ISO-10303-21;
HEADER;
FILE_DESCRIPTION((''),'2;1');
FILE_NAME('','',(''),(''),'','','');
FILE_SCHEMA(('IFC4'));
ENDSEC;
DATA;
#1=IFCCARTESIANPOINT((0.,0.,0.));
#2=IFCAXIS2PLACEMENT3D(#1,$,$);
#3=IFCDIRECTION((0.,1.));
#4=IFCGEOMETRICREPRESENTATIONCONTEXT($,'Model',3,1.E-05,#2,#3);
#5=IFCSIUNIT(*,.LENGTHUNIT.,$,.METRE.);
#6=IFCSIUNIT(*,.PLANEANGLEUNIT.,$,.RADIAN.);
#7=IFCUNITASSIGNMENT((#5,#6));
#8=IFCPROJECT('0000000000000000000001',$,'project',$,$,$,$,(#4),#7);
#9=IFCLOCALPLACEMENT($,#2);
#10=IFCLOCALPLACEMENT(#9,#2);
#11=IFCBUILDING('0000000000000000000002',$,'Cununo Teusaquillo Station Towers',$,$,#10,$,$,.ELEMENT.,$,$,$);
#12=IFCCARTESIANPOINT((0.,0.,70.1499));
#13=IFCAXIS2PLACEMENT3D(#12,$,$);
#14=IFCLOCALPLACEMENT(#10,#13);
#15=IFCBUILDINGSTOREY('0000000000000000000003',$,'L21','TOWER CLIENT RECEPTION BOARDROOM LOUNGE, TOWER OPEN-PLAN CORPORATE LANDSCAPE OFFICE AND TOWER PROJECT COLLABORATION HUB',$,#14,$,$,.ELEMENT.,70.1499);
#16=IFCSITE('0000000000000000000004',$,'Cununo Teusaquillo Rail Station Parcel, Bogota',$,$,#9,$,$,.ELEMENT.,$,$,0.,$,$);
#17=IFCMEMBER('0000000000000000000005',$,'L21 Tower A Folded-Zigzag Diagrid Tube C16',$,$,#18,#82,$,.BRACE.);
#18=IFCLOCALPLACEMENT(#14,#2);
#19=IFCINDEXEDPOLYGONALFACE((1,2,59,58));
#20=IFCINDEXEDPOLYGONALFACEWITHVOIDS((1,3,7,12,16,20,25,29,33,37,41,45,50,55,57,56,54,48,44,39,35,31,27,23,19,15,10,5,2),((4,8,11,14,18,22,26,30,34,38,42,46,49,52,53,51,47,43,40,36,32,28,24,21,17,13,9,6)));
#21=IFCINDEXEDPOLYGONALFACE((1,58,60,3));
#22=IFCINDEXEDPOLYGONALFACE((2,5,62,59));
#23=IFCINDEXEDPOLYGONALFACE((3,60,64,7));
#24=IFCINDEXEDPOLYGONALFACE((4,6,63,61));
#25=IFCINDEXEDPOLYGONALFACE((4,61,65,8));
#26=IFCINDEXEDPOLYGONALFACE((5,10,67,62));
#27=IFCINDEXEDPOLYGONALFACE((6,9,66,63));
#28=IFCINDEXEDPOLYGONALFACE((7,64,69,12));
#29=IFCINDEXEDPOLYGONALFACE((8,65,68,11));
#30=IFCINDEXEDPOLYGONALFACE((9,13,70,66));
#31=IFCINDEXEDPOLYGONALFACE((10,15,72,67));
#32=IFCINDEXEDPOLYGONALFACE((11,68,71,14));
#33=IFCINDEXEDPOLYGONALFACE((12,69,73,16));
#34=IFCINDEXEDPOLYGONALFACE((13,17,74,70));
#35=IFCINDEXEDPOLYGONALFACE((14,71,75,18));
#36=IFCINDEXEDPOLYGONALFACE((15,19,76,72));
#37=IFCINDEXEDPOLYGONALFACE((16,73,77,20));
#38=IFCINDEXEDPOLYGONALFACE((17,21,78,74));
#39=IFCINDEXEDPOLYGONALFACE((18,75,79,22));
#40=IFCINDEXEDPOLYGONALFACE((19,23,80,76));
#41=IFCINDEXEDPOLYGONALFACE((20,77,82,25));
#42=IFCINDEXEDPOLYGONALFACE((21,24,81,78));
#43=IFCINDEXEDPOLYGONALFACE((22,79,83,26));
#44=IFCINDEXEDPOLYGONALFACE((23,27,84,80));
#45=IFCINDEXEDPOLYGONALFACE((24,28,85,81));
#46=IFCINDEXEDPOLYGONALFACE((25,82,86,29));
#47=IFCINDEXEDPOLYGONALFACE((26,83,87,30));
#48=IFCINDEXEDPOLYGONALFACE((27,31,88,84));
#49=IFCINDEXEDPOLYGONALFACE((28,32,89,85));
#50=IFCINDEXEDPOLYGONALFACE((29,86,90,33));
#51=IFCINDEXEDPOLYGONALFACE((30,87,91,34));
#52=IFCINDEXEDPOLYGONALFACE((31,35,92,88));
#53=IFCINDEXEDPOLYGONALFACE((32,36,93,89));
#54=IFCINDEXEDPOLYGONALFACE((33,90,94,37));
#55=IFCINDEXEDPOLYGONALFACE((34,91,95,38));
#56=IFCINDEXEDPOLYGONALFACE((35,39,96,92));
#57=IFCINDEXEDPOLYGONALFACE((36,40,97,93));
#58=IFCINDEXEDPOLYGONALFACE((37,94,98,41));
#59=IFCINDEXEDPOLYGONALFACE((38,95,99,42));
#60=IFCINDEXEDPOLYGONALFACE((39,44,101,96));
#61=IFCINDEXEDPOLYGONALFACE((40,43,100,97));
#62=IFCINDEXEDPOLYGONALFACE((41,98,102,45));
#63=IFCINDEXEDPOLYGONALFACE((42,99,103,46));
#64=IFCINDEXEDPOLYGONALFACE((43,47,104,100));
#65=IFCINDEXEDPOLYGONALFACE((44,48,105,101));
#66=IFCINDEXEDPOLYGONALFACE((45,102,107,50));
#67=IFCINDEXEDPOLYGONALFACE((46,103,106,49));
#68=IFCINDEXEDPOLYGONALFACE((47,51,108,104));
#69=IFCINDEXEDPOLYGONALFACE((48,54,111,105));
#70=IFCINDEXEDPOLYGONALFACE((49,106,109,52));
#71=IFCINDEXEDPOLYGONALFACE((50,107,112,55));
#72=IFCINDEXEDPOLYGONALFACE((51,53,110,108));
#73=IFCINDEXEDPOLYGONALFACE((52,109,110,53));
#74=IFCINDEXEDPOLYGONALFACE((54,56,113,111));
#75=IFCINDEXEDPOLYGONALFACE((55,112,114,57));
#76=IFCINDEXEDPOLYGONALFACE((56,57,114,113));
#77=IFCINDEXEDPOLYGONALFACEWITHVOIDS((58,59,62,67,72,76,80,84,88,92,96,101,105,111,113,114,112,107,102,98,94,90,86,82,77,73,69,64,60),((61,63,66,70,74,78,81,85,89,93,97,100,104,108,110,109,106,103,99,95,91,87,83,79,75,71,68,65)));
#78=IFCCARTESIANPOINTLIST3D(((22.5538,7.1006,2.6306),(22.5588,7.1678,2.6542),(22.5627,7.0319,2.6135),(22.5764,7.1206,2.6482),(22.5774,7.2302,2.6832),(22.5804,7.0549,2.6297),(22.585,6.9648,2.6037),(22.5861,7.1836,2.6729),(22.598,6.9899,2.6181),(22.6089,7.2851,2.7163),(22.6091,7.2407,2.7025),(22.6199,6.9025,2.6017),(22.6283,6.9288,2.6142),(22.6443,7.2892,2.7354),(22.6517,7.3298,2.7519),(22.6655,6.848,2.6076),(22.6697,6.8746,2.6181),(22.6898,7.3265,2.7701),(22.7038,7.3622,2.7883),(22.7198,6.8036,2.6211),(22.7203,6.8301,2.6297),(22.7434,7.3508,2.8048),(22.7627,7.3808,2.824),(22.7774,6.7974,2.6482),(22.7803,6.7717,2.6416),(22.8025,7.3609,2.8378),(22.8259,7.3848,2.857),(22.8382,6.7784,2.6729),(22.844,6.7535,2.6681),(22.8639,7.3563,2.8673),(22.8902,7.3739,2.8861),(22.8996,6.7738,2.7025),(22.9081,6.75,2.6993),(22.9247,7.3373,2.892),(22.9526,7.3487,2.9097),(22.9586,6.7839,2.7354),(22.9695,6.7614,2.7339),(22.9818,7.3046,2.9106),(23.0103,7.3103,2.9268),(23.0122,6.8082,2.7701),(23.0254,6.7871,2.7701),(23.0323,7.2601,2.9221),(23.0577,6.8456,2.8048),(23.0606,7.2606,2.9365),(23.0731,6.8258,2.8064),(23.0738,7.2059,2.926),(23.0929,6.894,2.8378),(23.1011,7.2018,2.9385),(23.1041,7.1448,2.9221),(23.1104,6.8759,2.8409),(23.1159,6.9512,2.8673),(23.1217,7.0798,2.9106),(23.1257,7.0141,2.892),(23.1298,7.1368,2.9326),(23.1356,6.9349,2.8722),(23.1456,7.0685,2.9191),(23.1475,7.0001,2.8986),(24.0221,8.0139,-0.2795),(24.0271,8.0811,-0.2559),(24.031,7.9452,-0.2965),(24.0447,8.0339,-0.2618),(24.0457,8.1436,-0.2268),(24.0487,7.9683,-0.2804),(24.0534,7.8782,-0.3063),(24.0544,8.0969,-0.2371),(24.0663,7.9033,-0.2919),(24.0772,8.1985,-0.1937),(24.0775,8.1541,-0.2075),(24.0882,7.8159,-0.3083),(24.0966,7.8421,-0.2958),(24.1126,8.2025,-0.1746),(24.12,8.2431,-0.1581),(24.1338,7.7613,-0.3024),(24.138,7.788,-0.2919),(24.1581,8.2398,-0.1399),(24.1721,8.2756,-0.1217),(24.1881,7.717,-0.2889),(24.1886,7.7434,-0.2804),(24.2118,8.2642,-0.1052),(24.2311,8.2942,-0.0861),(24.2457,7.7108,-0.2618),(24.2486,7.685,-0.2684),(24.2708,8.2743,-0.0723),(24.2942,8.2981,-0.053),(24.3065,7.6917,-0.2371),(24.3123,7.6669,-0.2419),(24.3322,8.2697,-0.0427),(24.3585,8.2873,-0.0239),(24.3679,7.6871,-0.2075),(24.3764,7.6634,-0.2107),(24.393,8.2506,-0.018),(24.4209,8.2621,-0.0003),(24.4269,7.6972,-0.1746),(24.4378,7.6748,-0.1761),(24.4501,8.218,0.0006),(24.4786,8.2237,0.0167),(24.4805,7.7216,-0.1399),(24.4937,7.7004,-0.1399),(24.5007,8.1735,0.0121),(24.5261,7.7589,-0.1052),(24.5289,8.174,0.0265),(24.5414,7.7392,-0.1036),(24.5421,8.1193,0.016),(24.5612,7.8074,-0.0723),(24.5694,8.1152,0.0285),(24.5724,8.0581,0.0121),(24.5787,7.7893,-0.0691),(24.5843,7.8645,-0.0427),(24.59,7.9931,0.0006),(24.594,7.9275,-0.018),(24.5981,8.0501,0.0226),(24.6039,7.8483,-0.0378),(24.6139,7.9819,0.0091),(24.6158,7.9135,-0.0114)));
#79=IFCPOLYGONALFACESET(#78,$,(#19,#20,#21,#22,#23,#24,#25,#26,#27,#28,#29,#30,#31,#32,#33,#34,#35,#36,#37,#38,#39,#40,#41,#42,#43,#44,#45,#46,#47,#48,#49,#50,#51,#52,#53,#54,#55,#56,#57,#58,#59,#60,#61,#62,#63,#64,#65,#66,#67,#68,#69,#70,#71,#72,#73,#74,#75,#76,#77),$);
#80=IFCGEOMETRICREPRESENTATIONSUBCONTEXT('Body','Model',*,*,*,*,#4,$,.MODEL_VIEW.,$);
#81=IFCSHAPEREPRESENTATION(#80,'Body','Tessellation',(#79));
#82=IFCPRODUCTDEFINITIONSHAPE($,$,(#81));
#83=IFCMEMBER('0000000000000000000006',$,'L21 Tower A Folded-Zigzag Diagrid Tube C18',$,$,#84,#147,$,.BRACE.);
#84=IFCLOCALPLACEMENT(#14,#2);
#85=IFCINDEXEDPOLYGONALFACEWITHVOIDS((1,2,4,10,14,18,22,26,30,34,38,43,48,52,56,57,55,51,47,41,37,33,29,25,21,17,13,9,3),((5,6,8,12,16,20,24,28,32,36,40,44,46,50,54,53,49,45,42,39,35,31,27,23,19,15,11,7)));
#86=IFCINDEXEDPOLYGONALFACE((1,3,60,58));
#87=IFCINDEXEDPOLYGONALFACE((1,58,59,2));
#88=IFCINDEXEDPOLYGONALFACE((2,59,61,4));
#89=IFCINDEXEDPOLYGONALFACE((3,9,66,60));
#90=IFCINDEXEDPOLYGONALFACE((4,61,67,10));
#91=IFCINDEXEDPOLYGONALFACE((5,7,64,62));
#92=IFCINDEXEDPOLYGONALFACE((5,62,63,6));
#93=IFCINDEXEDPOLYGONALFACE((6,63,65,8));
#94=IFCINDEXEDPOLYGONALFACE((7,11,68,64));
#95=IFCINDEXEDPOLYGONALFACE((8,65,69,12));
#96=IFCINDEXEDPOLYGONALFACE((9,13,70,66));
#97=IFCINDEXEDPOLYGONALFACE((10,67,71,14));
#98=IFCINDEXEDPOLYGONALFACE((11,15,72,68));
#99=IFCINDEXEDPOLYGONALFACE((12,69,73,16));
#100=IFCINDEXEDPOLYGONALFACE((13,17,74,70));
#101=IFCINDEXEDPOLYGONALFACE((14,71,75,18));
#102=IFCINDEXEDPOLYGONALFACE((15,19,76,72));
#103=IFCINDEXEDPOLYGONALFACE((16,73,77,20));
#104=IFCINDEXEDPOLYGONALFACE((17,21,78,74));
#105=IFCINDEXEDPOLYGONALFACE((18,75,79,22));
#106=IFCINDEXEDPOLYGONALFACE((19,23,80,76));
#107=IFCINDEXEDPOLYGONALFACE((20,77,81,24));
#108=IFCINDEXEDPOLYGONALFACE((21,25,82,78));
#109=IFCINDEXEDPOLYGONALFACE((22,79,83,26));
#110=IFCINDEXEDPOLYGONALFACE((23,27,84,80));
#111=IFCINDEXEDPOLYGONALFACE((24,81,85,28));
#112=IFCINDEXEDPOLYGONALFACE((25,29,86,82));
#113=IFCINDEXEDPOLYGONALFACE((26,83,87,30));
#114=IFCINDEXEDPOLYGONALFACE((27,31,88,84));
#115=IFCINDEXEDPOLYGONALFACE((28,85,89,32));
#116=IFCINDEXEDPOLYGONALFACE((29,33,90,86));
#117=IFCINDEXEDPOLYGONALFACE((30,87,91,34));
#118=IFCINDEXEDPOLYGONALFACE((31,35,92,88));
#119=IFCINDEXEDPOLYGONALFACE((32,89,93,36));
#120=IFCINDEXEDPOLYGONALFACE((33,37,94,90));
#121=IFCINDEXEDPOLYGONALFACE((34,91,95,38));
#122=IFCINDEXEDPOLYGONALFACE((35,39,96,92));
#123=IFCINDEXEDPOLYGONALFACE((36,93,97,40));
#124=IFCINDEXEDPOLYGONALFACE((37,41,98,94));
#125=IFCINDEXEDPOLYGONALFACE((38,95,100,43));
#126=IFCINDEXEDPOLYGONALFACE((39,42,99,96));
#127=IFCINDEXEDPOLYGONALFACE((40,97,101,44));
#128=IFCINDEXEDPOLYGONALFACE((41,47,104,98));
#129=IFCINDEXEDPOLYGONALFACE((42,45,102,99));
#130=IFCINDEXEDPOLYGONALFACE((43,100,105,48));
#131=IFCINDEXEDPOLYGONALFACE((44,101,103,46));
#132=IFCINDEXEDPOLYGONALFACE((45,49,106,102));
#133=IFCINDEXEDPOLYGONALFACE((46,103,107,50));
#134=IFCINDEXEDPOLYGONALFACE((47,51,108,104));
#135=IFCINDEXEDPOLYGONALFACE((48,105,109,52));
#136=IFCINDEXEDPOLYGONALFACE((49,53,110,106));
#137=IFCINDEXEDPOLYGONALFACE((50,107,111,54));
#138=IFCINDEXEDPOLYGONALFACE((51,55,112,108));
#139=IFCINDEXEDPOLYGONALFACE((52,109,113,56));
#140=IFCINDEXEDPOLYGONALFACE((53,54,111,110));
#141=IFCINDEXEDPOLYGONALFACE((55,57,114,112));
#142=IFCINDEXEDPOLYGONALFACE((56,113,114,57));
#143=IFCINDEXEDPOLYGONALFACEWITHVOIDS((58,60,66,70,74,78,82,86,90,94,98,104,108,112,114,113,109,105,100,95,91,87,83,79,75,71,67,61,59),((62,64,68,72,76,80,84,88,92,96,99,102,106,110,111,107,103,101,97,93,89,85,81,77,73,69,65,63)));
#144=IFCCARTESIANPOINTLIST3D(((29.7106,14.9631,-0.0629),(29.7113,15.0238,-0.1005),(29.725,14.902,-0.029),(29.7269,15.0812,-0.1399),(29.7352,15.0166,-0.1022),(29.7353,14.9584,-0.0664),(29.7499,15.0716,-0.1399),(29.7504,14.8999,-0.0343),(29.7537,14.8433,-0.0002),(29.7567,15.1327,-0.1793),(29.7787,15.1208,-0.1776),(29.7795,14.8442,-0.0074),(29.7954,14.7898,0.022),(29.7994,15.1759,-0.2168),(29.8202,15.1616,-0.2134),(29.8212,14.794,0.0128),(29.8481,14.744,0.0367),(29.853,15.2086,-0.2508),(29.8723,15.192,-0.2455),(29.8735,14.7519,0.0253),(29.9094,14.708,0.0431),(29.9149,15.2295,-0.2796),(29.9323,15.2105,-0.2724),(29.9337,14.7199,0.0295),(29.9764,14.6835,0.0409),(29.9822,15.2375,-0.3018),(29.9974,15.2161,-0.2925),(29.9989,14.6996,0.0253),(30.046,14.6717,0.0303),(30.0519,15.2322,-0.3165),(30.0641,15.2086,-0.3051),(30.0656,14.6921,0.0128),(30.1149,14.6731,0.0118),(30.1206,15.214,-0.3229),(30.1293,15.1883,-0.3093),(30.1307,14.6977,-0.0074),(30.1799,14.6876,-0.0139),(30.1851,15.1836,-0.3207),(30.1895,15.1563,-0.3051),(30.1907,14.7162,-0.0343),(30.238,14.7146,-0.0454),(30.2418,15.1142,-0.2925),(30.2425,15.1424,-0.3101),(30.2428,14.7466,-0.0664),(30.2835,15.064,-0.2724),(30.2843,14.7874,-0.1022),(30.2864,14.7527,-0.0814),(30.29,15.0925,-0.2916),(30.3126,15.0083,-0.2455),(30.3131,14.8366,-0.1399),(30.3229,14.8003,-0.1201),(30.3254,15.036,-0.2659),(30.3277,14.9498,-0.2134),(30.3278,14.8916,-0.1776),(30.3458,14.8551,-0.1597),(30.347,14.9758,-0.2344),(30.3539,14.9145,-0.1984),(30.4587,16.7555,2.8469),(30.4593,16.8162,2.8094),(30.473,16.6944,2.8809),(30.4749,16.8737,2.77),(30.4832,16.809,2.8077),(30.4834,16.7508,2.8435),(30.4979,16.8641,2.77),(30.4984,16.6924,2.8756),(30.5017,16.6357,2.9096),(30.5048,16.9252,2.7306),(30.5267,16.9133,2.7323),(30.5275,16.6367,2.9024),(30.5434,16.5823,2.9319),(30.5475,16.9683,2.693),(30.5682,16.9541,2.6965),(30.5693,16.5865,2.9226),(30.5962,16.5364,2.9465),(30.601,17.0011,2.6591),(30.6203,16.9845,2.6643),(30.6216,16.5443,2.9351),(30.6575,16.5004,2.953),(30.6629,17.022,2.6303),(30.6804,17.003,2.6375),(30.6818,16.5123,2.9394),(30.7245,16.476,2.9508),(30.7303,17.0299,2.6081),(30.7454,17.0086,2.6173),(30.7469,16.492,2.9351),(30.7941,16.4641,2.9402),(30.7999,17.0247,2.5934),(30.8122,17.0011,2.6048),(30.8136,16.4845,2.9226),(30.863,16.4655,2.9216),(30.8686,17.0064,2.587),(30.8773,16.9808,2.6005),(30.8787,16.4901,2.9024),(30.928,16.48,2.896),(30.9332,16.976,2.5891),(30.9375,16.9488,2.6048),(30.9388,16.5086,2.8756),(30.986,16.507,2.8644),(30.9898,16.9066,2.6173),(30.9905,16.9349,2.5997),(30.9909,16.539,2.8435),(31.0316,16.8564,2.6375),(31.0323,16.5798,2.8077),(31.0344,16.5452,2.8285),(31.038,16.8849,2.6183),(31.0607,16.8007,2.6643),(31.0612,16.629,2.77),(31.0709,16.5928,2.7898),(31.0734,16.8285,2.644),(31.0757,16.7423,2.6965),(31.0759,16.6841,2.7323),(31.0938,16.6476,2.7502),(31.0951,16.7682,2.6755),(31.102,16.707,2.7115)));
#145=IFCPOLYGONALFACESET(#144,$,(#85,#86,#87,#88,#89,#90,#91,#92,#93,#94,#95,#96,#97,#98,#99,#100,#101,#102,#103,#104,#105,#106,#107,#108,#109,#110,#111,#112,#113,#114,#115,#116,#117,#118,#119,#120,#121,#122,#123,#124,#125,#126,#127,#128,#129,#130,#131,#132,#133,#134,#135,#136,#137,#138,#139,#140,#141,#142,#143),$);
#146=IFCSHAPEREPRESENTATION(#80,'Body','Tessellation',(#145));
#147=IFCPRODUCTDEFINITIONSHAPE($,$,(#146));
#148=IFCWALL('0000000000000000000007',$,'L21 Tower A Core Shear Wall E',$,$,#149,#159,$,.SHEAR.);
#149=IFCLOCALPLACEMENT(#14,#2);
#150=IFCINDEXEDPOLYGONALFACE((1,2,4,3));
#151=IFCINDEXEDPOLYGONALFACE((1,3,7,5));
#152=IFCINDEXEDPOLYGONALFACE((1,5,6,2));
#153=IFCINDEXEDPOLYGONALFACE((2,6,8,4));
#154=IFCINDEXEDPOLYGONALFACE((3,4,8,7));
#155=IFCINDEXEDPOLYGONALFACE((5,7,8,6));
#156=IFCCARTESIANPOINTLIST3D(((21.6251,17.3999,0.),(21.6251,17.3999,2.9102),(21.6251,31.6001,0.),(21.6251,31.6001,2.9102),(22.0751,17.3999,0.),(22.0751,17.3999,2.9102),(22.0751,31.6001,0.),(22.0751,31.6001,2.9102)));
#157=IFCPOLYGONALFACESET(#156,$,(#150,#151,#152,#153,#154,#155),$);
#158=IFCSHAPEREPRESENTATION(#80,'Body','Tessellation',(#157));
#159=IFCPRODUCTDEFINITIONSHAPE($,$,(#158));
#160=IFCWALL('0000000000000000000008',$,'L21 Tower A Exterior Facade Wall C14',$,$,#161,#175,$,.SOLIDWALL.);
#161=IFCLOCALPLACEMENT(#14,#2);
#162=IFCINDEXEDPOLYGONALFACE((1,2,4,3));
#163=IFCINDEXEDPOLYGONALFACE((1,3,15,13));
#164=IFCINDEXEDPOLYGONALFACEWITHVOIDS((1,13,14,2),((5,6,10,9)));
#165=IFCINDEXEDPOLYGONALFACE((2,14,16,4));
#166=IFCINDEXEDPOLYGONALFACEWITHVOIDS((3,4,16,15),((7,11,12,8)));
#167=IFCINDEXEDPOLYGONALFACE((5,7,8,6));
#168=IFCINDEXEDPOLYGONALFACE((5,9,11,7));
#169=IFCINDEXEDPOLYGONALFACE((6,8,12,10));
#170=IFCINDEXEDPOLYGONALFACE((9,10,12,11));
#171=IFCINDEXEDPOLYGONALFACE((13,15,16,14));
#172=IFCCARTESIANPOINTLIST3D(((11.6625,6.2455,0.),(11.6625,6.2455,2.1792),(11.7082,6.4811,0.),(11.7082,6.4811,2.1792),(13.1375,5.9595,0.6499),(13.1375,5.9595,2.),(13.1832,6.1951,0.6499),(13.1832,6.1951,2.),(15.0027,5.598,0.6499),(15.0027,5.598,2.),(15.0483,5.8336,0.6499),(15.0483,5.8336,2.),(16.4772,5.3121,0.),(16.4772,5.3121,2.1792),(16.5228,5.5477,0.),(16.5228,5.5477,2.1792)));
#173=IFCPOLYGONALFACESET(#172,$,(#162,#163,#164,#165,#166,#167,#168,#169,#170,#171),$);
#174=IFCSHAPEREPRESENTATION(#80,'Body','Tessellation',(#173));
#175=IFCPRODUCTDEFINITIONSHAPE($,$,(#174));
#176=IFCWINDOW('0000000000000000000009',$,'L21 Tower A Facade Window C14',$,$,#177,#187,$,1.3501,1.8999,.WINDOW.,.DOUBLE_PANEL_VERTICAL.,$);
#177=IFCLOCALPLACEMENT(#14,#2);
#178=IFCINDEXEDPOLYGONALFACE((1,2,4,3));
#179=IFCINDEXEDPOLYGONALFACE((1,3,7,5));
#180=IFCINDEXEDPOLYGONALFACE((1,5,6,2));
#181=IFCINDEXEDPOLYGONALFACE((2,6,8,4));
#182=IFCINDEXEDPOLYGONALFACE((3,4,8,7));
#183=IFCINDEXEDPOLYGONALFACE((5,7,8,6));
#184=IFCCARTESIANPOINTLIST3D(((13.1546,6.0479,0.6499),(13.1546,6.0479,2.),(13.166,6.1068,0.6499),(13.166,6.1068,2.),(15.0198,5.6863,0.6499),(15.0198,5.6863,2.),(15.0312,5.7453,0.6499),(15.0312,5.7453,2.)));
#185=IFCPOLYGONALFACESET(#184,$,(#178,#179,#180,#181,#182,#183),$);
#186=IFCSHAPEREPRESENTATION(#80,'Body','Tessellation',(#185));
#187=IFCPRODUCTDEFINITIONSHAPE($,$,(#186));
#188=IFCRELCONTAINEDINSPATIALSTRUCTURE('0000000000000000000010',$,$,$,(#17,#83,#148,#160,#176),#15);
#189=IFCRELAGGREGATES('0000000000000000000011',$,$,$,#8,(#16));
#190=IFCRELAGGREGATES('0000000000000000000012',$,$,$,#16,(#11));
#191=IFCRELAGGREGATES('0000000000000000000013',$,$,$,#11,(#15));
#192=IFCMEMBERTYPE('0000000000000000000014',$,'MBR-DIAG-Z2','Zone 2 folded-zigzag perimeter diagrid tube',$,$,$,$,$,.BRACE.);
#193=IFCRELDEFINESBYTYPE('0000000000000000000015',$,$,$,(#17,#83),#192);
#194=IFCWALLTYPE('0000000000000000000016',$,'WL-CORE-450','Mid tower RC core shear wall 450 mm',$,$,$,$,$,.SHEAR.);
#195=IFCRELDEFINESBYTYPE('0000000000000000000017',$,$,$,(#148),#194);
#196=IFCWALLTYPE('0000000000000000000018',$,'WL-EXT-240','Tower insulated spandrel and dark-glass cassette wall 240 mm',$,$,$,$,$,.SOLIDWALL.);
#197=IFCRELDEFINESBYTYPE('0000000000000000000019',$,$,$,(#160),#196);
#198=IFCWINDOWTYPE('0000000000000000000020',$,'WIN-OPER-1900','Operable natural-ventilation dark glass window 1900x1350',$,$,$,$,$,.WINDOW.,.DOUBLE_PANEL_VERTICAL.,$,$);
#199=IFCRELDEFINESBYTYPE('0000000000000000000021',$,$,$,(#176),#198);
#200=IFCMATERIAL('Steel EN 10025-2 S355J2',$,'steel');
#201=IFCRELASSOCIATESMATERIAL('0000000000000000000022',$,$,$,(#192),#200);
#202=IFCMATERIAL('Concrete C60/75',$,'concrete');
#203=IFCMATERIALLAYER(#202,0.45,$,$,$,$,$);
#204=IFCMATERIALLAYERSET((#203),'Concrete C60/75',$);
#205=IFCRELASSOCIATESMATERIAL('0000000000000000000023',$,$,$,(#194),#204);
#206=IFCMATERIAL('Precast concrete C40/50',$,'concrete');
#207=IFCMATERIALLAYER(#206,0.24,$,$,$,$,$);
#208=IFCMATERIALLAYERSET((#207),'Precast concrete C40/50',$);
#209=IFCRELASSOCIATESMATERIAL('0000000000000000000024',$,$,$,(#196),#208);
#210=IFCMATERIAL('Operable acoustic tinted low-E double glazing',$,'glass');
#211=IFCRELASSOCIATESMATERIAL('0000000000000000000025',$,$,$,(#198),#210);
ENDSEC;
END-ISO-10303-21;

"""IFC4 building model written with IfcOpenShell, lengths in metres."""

from ifc_helpers import new_model, si_unit, direction, frame, frame_2d, origin, origin_2d, place, context, subcontext, project, spatial, rectangle, hollow_circle, extrude, source, transform, mapped, material, layer, layer_set, material_profile, profile_set, type_object, element, fill, save


model = new_model("IFC4")

# Units and contexts
model_context = context("Model", 3, precision=1e-05, world=origin(), true_north=direction((0.0, 1.0)))
body_context = subcontext(model_context, "Body", "Model", "MODEL_VIEW")
ifc_project = project(units=[si_unit("LENGTHUNIT", "METRE"), si_unit("PLANEANGLEUNIT", "RADIAN")], contexts=[model_context])

# Site, building, storey
site_placement = place(None, origin())
site = spatial("IfcSite", under=ifc_project, at=site_placement, Name="Cununo Teusaquillo Rail Station Parcel, Bogota", CompositionType="ELEMENT", RefElevation=0.0)
building_placement = place(site_placement, origin())
building = spatial("IfcBuilding", under=site, at=building_placement, Name="Cununo Teusaquillo Station Towers", CompositionType="ELEMENT")
storey_placement = place(building_placement, frame((0.0, 0.0, 70.1499)))
storey = spatial("IfcBuildingStorey", under=building, at=storey_placement, Name="L21", Description="TOWER CLIENT RECEPTION BOARDROOM LOUNGE, TOWER OPEN-PLAN CORPORATE LANDSCAPE OFFICE AND TOWER PROJECT COLLABORATION HUB", CompositionType="ELEMENT", Elevation=70.1499)

# Members
ifc_material_1 = material(Name="Steel EN 10025-2 S355J2", Category="steel")
ifc_material_profile_1 = material_profile(ifc_material_1, hollow_circle(Radius=0.3301, WallThickness=0.0249, at=origin_2d()), Name="CHS 660x25")
ifc_profile_set_1 = profile_set([ifc_material_profile_1], Name="Steel EN 10025-2 S355J2")
member_type = type_object("IfcMemberType", Name="MBR-DIAG-Z2", Description="Zone 2 folded-zigzag perimeter diagrid tube", PredefinedType="BRACE", material=ifc_profile_set_1)
member_1_placement = place(storey_placement, frame((24.3193, 7.9807, -0.1399), z_axis=(-0.433768, -0.269825, 0.859674), x_axis=(0.528196, -0.849123, 0.0)))
element("IfcMember", 1, at=member_1_placement, inside=storey, type_object=member_type, Name="L21 Tower A Folded-Zigzag Diagrid Tube C16", PredefinedType="BRACE", context=body_context, shape_type="SweptSolid", body=[
    extrude(hollow_circle(Radius=0.3301, WallThickness=0.0249, at=origin_2d()), origin(), (0.0, 0.0, 1.0), 3.385),
])
member_2_placement = place(storey_placement, frame((30.0315, 14.9541, -0.1399), z_axis=(0.213814, 0.512343, 0.831738), x_axis=(-0.922861, 0.385133, 0.0)))
element("IfcMember", 2, at=member_2_placement, inside=storey, type_object=member_type, Name="L21 Tower A Folded-Zigzag Diagrid Tube C18", PredefinedType="BRACE", context=body_context, shape_type="SweptSolid", body=[
    extrude(hollow_circle(Radius=0.3301, WallThickness=0.0249, at=origin_2d()), origin(), (0.0, 0.0, 1.0), 3.4985),
])

# Wall
ifc_material_2 = material(Name="Concrete C60/75", Category="concrete")
ifc_layer_1 = layer(ifc_material_2, 0.45)
ifc_layer_set_1 = layer_set([ifc_layer_1], Name="Concrete C60/75")
wall_type_1 = type_object("IfcWallType", Name="WL-CORE-450", Description="Mid tower RC core shear wall 450 mm", PredefinedType="SHEAR", material=ifc_layer_set_1)
wall_1_placement = place(storey_placement, frame((21.8501, 17.3999, 0.0), z_axis=(0.0, 0.0, 1.0), x_axis=(0.0, 1.0, 0.0)))
element("IfcWall", 3, at=wall_1_placement, inside=storey, type_object=wall_type_1, Name="L21 Tower A Core Shear Wall E", PredefinedType="SHEAR", context=body_context, shape_type="SweptSolid", body=[
    extrude(rectangle(XDim=14.2002, YDim=0.45, at=frame_2d((7.1001, 0.0))), origin(), (0.0, 0.0, 1.0), 2.9102),
])

# Wall, opening, window
ifc_material_3 = material(Name="Precast concrete C40/50", Category="concrete")
ifc_layer_2 = layer(ifc_material_3, 0.24)
ifc_layer_set_2 = layer_set([ifc_layer_2], Name="Precast concrete C40/50")
wall_type_2 = type_object("IfcWallType", Name="WL-EXT-240", Description="Tower insulated spandrel and dark-glass cassette wall 240 mm", PredefinedType="SOLIDWALL", material=ifc_layer_set_2)
wall_2_placement = place(storey_placement, frame((16.5, 5.4299, 0.0), z_axis=(0.0, 0.0, 1.0), x_axis=(-0.981724, 0.190311, 0.0)))
wall_2 = element("IfcWall", 4, at=wall_2_placement, inside=storey, type_object=wall_type_2, Name="L21 Tower A Exterior Facade Wall C14", PredefinedType="SOLIDWALL", context=body_context, shape_type="SweptSolid", body=[
    extrude(rectangle(XDim=4.9043, YDim=0.24, at=frame_2d((2.4521, 0.0))), origin(), (0.0, 0.0, 1.0), 2.1792),
])
shared_shape_1 = source(origin(), body_context, "Body", "SweptSolid", [
    extrude(rectangle(XDim=1.8999, YDim=1.3501, at=frame_2d((0.95, 0.675))), frame((0.0, 0.1299, 0.0), z_axis=(0.0, -1.0, 0.0), x_axis=(1.0, 0.0, 0.0)), (0.0, 0.0, 1.0), 0.26),
])
opening_1_placement = place(wall_2_placement, frame((1.502, 0.0, 0.6499)))
opening_1 = element("IfcOpeningElement", 5, at=opening_1_placement, cuts=wall_2, PredefinedType="OPENING", context=body_context, shape_type="MappedRepresentation", body=[
    mapped(shared_shape_1, transform((0.0, 0.0, 0.0), x_axis=(1.0, 0.0, 0.0), y_axis=(0.0, 1.0, 0.0), z_axis=(0.0, 0.0, 1.0), scale=1.0)),
])
ifc_material_4 = material(Name="Operable acoustic tinted low-E double glazing", Category="glass")
window_type = type_object("IfcWindowType", Name="WIN-OPER-1900", Description="Operable natural-ventilation dark glass window 1900x1350", PartitioningType="DOUBLE_PANEL_VERTICAL", PredefinedType="WINDOW", material=ifc_material_4)
shared_shape_2 = source(origin(), body_context, "Body", "SweptSolid", [
    extrude(rectangle(XDim=1.8999, YDim=1.3501, at=frame_2d((0.95, 0.675))), frame((0.0, 0.03, 0.0), z_axis=(0.0, -1.0, 0.0), x_axis=(1.0, 0.0, 0.0)), (0.0, 0.0, 1.0), 0.0601),
])
window_1_placement = place(opening_1_placement, origin())
window_1 = element("IfcWindow", 6, at=window_1_placement, inside=storey, type_object=window_type, Name="L21 Tower A Facade Window C14", OverallHeight=1.3501, OverallWidth=1.8999, PartitioningType="DOUBLE_PANEL_VERTICAL", PredefinedType="WINDOW", context=body_context, shape_type="MappedRepresentation", body=[
    mapped(shared_shape_2, transform((0.0, 0.0, 0.0), x_axis=(1.0, 0.0, 0.0), y_axis=(0.0, 1.0, 0.0), z_axis=(0.0, 0.0, 1.0), scale=1.0)),
])
fill(opening_1, window_1)

save(model, "model.ifc")
